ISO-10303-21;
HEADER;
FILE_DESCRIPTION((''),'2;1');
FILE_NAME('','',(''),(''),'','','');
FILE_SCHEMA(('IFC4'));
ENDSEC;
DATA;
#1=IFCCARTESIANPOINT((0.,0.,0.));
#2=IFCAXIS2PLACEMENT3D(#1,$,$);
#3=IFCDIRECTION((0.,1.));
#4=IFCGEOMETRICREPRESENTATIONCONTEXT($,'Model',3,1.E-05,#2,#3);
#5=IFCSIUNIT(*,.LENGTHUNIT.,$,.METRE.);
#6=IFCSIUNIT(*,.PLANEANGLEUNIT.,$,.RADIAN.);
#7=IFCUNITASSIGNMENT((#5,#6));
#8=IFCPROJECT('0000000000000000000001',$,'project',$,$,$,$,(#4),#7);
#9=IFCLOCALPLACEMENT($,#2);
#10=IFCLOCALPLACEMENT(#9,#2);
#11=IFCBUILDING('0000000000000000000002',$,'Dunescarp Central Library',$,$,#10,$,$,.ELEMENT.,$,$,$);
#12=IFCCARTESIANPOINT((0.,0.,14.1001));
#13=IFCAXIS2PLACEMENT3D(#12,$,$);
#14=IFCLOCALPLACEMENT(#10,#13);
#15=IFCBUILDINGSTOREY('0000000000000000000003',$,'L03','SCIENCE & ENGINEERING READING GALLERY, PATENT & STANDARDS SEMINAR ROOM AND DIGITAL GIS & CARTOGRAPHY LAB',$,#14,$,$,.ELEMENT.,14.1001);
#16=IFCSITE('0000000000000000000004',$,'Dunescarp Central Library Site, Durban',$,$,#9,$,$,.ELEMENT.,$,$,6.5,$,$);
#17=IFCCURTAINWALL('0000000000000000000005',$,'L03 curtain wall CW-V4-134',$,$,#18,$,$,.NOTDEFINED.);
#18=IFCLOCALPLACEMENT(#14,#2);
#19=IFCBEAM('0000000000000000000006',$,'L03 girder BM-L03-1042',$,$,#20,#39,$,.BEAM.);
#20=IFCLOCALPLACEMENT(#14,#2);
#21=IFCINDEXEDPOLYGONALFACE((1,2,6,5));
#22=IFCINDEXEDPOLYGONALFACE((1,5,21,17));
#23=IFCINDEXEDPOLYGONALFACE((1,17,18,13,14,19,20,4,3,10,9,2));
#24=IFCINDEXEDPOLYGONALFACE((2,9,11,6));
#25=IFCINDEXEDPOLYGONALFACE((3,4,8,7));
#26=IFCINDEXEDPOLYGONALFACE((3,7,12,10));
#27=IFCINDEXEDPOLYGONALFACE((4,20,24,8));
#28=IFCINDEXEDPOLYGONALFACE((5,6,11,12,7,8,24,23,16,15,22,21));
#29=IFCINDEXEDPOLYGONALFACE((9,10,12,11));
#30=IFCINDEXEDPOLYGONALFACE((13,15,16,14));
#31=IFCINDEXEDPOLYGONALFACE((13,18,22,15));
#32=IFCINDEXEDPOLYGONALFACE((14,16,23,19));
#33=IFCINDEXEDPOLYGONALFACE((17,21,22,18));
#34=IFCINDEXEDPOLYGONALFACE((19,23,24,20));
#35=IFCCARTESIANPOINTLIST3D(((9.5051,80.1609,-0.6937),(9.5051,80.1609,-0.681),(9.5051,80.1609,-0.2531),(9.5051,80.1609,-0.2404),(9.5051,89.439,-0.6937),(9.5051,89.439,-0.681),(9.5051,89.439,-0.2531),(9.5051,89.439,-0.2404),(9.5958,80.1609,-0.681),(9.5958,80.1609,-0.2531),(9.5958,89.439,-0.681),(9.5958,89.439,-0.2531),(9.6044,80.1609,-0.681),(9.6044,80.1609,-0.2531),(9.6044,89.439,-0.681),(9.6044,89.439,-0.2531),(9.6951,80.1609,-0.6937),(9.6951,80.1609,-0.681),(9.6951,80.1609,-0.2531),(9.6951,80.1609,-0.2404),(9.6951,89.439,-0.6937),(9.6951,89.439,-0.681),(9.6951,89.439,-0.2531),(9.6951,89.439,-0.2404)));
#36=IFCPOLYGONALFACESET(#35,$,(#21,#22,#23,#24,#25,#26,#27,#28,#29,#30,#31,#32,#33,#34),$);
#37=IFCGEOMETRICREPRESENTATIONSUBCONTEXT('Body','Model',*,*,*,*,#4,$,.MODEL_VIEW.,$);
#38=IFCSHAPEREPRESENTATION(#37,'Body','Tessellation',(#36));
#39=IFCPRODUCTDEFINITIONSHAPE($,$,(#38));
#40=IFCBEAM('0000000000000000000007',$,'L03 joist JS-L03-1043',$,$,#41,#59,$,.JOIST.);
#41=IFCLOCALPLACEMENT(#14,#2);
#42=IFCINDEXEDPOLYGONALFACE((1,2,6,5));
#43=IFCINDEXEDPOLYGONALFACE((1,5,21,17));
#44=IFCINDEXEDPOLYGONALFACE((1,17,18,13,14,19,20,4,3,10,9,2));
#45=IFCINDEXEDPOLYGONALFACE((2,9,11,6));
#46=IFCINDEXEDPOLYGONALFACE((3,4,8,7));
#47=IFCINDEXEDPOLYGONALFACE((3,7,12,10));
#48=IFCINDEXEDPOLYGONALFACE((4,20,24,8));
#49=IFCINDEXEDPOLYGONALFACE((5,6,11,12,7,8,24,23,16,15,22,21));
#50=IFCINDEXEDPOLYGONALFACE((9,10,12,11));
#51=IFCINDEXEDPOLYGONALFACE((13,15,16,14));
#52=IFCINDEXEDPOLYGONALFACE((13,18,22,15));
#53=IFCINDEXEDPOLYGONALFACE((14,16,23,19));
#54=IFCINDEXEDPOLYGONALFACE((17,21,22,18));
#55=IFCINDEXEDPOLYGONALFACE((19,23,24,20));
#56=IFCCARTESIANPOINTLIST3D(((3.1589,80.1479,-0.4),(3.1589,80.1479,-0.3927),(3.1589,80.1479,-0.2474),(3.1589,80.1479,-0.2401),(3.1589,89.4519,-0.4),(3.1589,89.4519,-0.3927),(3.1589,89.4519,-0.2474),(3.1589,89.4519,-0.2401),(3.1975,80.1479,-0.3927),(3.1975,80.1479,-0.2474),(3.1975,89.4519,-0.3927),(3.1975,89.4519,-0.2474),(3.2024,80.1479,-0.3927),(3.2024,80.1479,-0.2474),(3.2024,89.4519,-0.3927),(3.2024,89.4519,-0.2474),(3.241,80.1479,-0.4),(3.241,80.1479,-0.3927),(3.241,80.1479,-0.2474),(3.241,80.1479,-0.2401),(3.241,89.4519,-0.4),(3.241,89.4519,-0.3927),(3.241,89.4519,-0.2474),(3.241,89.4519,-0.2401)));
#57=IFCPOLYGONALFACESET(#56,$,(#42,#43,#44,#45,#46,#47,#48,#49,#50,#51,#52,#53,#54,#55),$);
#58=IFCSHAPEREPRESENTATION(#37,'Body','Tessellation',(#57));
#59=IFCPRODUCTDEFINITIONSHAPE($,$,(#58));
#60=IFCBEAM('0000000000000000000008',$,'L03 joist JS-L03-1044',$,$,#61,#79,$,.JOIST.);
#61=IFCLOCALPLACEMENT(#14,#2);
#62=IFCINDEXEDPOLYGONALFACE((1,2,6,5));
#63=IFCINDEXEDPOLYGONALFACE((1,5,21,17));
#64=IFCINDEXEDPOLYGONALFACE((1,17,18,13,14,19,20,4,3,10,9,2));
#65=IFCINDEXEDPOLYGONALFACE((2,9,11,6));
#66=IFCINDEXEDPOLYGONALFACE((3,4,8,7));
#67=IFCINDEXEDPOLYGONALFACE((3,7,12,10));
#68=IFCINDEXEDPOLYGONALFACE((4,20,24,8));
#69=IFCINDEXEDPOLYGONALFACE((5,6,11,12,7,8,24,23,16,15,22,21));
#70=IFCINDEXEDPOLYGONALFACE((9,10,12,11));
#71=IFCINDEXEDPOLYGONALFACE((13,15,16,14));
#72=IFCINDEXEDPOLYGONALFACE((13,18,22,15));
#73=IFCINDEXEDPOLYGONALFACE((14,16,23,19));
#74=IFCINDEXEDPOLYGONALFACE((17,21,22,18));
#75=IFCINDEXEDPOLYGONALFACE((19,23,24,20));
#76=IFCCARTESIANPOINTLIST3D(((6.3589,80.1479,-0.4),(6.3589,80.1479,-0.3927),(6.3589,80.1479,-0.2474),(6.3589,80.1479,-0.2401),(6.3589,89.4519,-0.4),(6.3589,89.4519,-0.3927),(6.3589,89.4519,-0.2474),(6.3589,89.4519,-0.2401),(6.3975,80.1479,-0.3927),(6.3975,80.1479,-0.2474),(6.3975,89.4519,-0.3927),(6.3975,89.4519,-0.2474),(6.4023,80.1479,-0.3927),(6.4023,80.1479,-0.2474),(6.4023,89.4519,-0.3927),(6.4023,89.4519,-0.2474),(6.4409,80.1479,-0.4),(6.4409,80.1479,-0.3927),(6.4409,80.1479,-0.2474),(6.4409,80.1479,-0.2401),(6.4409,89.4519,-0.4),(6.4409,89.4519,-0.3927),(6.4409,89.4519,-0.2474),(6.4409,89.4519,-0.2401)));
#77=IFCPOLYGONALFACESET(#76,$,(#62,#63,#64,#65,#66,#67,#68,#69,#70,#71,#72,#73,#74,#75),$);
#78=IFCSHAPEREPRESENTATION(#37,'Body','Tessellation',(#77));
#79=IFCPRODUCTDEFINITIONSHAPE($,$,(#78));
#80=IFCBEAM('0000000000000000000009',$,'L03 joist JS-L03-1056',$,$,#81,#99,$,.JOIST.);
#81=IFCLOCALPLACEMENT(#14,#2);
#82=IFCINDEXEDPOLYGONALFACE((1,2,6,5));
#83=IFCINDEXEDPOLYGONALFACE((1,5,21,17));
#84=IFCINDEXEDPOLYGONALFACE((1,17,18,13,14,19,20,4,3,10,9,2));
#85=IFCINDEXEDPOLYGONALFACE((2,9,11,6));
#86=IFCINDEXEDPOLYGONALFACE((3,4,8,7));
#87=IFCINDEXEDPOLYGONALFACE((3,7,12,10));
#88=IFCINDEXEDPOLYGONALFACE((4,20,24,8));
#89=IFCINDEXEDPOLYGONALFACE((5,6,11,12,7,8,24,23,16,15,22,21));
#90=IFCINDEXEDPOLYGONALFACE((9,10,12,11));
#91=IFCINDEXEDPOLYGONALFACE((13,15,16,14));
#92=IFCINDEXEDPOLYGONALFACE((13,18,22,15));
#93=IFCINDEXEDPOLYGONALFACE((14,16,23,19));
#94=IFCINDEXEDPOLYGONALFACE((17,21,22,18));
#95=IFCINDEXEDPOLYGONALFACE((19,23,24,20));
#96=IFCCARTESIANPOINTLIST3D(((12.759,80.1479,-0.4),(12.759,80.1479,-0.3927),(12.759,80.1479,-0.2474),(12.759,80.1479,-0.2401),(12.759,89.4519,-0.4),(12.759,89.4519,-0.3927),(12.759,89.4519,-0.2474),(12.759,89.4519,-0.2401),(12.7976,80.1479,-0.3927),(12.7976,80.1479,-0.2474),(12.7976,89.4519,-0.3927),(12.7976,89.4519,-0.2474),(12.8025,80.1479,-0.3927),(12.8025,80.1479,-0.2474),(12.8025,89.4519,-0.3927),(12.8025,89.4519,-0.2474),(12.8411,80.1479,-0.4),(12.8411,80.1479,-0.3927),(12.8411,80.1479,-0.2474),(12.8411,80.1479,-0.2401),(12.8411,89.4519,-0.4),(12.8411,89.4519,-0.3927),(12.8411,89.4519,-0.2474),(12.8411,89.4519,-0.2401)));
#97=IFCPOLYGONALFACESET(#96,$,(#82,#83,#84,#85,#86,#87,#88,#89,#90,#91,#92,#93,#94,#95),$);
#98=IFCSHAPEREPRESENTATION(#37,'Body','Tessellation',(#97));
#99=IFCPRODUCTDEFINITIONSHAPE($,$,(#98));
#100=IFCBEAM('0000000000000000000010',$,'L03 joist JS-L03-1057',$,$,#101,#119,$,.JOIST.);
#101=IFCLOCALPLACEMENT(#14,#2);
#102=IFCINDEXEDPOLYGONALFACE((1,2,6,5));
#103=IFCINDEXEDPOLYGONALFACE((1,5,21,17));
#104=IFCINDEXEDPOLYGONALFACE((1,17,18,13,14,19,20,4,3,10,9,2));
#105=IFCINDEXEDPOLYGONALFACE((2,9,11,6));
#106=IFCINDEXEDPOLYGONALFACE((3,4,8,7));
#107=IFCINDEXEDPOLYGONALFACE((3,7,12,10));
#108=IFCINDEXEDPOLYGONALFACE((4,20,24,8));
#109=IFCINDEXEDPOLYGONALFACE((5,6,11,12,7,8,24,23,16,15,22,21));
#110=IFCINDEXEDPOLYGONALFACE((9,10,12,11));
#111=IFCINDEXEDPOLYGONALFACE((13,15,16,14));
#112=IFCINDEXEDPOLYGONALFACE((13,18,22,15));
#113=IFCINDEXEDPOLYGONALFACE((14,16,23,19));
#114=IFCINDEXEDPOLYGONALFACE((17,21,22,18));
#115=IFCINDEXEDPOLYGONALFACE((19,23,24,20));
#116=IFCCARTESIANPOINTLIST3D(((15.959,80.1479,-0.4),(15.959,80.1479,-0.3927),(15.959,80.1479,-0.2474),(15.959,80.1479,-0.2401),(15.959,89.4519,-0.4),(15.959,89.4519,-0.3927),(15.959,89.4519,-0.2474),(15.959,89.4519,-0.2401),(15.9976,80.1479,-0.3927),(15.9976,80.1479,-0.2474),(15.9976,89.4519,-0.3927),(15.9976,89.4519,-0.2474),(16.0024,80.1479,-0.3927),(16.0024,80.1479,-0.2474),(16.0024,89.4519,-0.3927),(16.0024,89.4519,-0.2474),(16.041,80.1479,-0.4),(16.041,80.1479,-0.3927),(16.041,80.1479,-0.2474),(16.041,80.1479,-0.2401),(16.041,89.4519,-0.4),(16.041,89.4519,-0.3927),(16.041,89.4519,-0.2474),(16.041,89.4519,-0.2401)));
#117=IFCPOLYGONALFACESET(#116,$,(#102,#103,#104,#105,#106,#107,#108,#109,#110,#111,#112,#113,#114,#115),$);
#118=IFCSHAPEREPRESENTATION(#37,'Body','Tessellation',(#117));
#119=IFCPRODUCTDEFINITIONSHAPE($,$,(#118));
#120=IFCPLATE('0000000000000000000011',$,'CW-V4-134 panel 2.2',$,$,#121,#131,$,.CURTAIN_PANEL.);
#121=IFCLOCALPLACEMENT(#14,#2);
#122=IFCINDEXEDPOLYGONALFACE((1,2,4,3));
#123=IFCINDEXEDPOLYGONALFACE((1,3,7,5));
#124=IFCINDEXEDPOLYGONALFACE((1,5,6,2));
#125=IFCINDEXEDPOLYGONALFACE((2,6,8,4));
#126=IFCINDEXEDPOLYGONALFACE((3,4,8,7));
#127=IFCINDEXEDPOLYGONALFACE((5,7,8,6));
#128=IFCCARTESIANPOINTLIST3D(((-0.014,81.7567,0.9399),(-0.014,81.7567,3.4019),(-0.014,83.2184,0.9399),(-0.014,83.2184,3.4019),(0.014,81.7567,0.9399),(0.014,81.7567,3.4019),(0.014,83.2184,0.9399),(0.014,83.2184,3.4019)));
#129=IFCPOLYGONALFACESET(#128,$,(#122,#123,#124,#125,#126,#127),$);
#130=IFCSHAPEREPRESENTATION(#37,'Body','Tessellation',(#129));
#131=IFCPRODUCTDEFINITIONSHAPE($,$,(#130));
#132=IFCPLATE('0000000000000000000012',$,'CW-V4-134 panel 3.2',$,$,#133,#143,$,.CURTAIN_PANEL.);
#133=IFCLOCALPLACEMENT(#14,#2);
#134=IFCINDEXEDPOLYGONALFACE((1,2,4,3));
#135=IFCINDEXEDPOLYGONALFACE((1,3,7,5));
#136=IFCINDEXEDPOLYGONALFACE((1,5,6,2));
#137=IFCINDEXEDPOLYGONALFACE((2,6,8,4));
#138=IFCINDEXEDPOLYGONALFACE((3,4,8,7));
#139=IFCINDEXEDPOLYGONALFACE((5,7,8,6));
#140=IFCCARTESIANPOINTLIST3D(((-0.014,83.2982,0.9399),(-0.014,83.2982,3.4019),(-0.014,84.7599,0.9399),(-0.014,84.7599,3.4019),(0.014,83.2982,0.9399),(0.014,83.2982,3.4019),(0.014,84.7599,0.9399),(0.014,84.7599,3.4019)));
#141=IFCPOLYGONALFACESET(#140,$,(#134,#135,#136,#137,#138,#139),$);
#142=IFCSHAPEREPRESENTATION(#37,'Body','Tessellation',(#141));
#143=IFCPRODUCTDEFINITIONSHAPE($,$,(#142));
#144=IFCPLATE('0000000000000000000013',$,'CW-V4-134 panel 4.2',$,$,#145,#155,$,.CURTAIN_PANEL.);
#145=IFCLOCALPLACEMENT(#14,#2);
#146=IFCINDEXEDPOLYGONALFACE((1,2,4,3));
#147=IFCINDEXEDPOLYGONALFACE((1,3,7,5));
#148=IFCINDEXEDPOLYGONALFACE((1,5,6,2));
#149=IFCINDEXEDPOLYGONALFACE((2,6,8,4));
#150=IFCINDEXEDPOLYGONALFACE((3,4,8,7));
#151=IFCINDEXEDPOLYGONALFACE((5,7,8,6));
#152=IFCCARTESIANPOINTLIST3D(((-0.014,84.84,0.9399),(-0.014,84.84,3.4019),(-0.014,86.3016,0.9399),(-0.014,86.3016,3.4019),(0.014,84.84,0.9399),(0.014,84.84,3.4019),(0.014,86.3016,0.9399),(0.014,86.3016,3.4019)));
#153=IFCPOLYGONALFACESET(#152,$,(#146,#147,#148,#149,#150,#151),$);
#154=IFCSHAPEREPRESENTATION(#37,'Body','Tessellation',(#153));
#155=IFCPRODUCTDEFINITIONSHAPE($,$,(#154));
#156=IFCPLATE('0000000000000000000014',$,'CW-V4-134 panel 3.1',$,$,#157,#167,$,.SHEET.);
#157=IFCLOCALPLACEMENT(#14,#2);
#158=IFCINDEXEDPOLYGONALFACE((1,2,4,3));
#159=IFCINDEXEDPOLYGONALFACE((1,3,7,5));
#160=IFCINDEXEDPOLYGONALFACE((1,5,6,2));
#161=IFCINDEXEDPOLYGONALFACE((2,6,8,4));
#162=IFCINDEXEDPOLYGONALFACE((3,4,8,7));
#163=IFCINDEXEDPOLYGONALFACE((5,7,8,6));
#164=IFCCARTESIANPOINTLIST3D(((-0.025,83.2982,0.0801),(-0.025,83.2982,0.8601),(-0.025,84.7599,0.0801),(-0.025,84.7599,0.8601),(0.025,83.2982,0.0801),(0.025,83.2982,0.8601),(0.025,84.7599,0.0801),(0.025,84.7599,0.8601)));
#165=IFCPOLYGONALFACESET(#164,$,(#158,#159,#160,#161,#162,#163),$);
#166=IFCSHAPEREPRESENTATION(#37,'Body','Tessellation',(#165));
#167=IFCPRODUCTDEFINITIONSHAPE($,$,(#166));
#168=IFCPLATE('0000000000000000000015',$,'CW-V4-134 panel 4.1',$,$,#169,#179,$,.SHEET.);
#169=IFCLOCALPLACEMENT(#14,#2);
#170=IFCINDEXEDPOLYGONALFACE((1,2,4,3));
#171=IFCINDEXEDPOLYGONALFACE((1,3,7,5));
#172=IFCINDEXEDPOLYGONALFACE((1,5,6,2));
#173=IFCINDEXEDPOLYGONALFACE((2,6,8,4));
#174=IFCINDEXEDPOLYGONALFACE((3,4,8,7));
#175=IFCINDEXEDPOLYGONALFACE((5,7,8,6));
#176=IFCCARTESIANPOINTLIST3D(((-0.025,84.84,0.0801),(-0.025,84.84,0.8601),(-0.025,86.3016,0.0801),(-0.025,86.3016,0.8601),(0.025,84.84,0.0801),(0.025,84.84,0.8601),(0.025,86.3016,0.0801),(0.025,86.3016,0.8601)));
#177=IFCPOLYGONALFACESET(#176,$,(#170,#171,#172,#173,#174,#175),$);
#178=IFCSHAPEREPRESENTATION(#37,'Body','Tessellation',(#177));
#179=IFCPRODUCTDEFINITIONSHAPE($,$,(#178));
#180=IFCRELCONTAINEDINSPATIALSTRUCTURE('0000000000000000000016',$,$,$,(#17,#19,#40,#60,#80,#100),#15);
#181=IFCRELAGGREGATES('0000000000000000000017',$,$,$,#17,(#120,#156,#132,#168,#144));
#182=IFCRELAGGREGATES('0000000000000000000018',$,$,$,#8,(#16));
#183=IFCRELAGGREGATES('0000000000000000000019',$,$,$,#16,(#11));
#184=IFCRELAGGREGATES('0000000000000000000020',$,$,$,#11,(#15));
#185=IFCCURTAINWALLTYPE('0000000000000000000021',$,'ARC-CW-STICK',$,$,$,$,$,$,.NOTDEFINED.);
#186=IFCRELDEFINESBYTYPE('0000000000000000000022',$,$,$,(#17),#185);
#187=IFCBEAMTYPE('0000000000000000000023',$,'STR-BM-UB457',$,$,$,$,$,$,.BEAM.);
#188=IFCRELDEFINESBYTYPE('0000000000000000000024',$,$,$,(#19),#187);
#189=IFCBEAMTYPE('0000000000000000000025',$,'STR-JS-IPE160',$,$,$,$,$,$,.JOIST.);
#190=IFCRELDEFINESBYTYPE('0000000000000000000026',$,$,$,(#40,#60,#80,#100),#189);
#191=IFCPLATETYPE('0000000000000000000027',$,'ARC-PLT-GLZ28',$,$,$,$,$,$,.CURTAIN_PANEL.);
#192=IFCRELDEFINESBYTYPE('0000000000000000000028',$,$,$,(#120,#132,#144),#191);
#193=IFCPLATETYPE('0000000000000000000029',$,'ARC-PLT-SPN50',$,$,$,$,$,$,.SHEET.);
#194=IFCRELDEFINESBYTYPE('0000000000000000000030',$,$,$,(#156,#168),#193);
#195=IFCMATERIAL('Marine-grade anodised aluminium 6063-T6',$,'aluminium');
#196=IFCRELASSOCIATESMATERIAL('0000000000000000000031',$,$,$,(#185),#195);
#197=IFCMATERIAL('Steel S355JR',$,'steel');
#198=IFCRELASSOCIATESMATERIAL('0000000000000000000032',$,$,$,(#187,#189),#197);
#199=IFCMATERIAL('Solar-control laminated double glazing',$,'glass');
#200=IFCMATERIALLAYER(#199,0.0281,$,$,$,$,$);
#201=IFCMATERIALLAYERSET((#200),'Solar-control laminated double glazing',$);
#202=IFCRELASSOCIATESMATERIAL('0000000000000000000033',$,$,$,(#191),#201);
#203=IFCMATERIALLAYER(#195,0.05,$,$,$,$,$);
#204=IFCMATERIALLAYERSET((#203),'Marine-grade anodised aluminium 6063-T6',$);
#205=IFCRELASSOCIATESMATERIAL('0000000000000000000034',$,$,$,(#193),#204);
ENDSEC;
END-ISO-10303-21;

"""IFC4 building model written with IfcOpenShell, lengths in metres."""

from ifc_helpers import new_model, si_unit, direction, frame, origin, origin_2d, place, context, subcontext, project, spatial, rectangle, i_section, extrude, material, layer, layer_set, material_profile, profile_set, type_object, element, aggregate, save


model = new_model("IFC4")

# Units and contexts
model_context = context("Model", 3, precision=1e-05, world=origin(), true_north=direction((0.0, 1.0)))
body_context = subcontext(model_context, "Body", "Model", "MODEL_VIEW")
ifc_project = project(units=[si_unit("LENGTHUNIT", "METRE"), si_unit("PLANEANGLEUNIT", "RADIAN")], contexts=[model_context])

# Site, building, storey
site_placement = place(None, origin())
site = spatial("IfcSite", under=ifc_project, at=site_placement, Name="Dunescarp Central Library Site, Durban", CompositionType="ELEMENT", RefElevation=6.5)
building_placement = place(site_placement, origin())
building = spatial("IfcBuilding", under=site, at=building_placement, Name="Dunescarp Central Library", CompositionType="ELEMENT")
storey_placement = place(building_placement, frame((0.0, 0.0, 14.1001)))
storey = spatial("IfcBuildingStorey", under=building, at=storey_placement, Name="L03", Description="SCIENCE & ENGINEERING READING GALLERY, PATENT & STANDARDS SEMINAR ROOM AND DIGITAL GIS & CARTOGRAPHY LAB", CompositionType="ELEMENT", Elevation=14.1001)

# Shared definitions
ifc_material_1 = material(Name="Steel S355JR", Category="steel")

# Curtain wall
ifc_material_2 = material(Name="Marine-grade anodised aluminium 6063-T6", Category="aluminium")
curtain_wall_type = type_object("IfcCurtainWallType", Name="ARC-CW-STICK", PredefinedType="NOTDEFINED", material=ifc_material_2)
curtain_wall_placement = place(storey_placement, origin())
curtain_wall = element("IfcCurtainWall", 1, at=curtain_wall_placement, inside=storey, type_object=curtain_wall_type, Name="L03 curtain wall CW-V4-134", PredefinedType="NOTDEFINED")

# Beams
ifc_material_profile_1 = material_profile(ifc_material_1, i_section(OverallWidth=0.1899, OverallDepth=0.4534, WebThickness=0.0085, FlangeThickness=0.0127, at=origin_2d()), Name="UB 457x191x67")
ifc_profile_set_1 = profile_set([ifc_material_profile_1], Name="Steel S355JR")
beam_type_1 = type_object("IfcBeamType", Name="STR-BM-UB457", PredefinedType="BEAM", material=ifc_profile_set_1)
beam_1_placement = place(storey_placement, frame((9.6001, 80.1609, -0.467), z_axis=(0.0, 1.0, 0.0), x_axis=(-1.0, 0.0, 0.0)))
element("IfcBeam", 2, at=beam_1_placement, inside=storey, type_object=beam_type_1, Name="L03 girder BM-L03-1042", PredefinedType="BEAM", context=body_context, shape_type="SweptSolid", body=[
    extrude(i_section(OverallWidth=0.1899, OverallDepth=0.4534, WebThickness=0.0085, FlangeThickness=0.0127, at=origin_2d()), origin(), (0.0, 0.0, 1.0), 9.2781),
])
ifc_material_profile_2 = material_profile(ifc_material_1, i_section(OverallWidth=0.082, OverallDepth=0.1599, WebThickness=0.0049, FlangeThickness=0.0073, at=origin_2d()), Name="IPE 160")
ifc_profile_set_2 = profile_set([ifc_material_profile_2], Name="Steel S355JR")
beam_type_2 = type_object("IfcBeamType", Name="STR-JS-IPE160", PredefinedType="JOIST", material=ifc_profile_set_2)
for number, where, z_axis, x_axis, name in (
    (3, (3.2, 80.1479, -0.3201), (0.0, 1.0, 0.0), (-1.0, 0.0, 0.0), "L03 joist JS-L03-1043"),
    (4, (6.3999, 80.1479, -0.3201), (0.0, 1.0, 0.0), (-1.0, 0.0, 0.0), "L03 joist JS-L03-1044"),
    (5, (12.8, 80.1479, -0.3201), (0.0, 1.0, 0.0), (-1.0, 0.0, 0.0), "L03 joist JS-L03-1056"),
    (6, (16.0, 80.1479, -0.3201), (0.0, 1.0, 0.0), (-1.0, 0.0, 0.0), "L03 joist JS-L03-1057"),
):
    element("IfcBeam", number, at=place(storey_placement, frame(where, z_axis=z_axis, x_axis=x_axis)), inside=storey, type_object=beam_type_2, Name=name, PredefinedType="JOIST", context=body_context, shape_type="SweptSolid", body=[
        extrude(i_section(OverallWidth=0.082, OverallDepth=0.1599, WebThickness=0.0049, FlangeThickness=0.0073, at=origin_2d()), origin(), (0.0, 0.0, 1.0), 9.304),
    ])

# Plates
ifc_material_3 = material(Name="Solar-control laminated double glazing", Category="glass")
ifc_layer_1 = layer(ifc_material_3, 0.0281)
ifc_layer_set_1 = layer_set([ifc_layer_1], Name="Solar-control laminated double glazing")
plate_type_1 = type_object("IfcPlateType", Name="ARC-PLT-GLZ28", PredefinedType="CURTAIN_PANEL", material=ifc_layer_set_1)
plate_1_placement = place(storey_placement, frame((0.0, 82.4875, 0.9399), z_axis=(0.0, 0.0, 1.0), x_axis=(0.0, 1.0, 0.0)))
plate_1 = element("IfcPlate", 7, at=plate_1_placement, type_object=plate_type_1, Name="CW-V4-134 panel 2.2", PredefinedType="CURTAIN_PANEL", context=body_context, shape_type="SweptSolid", body=[
    extrude(rectangle(XDim=1.4617, YDim=0.0281, at=origin_2d()), origin(), (0.0, 0.0, 1.0), 2.4619),
])
plate_2_placement = place(storey_placement, frame((0.0, 84.0291, 0.9399), z_axis=(0.0, 0.0, 1.0), x_axis=(0.0, 1.0, 0.0)))
plate_2 = element("IfcPlate", 8, at=plate_2_placement, type_object=plate_type_1, Name="CW-V4-134 panel 3.2", PredefinedType="CURTAIN_PANEL", context=body_context, shape_type="SweptSolid", body=[
    extrude(rectangle(XDim=1.4617, YDim=0.0281, at=origin_2d()), origin(), (0.0, 0.0, 1.0), 2.4619),
])
plate_3_placement = place(storey_placement, frame((0.0, 85.5708, 0.9399), z_axis=(0.0, 0.0, 1.0), x_axis=(0.0, 1.0, 0.0)))
plate_3 = element("IfcPlate", 9, at=plate_3_placement, type_object=plate_type_1, Name="CW-V4-134 panel 4.2", PredefinedType="CURTAIN_PANEL", context=body_context, shape_type="SweptSolid", body=[
    extrude(rectangle(XDim=1.4617, YDim=0.0281, at=origin_2d()), origin(), (0.0, 0.0, 1.0), 2.4619),
])
ifc_layer_2 = layer(ifc_material_2, 0.05)
ifc_layer_set_2 = layer_set([ifc_layer_2], Name="Marine-grade anodised aluminium 6063-T6")
plate_type_2 = type_object("IfcPlateType", Name="ARC-PLT-SPN50", PredefinedType="SHEET", material=ifc_layer_set_2)
plate_4_placement = place(storey_placement, frame((0.0, 84.0291, 0.0801), z_axis=(0.0, 0.0, 1.0), x_axis=(0.0, 1.0, 0.0)))
plate_4 = element("IfcPlate", 10, at=plate_4_placement, type_object=plate_type_2, Name="CW-V4-134 panel 3.1", PredefinedType="SHEET", context=body_context, shape_type="SweptSolid", body=[
    extrude(rectangle(XDim=1.4617, YDim=0.05, at=origin_2d()), origin(), (0.0, 0.0, 1.0), 0.78),
])
plate_5_placement = place(storey_placement, frame((0.0, 85.5708, 0.0801), z_axis=(0.0, 0.0, 1.0), x_axis=(0.0, 1.0, 0.0)))
plate_5 = element("IfcPlate", 11, at=plate_5_placement, type_object=plate_type_2, Name="CW-V4-134 panel 4.1", PredefinedType="SHEET", context=body_context, shape_type="SweptSolid", body=[
    extrude(rectangle(XDim=1.4617, YDim=0.05, at=origin_2d()), origin(), (0.0, 0.0, 1.0), 0.78),
])
aggregate(curtain_wall, [plate_1, plate_4, plate_2, plate_5, plate_3])

save(model, "model.ifc")
